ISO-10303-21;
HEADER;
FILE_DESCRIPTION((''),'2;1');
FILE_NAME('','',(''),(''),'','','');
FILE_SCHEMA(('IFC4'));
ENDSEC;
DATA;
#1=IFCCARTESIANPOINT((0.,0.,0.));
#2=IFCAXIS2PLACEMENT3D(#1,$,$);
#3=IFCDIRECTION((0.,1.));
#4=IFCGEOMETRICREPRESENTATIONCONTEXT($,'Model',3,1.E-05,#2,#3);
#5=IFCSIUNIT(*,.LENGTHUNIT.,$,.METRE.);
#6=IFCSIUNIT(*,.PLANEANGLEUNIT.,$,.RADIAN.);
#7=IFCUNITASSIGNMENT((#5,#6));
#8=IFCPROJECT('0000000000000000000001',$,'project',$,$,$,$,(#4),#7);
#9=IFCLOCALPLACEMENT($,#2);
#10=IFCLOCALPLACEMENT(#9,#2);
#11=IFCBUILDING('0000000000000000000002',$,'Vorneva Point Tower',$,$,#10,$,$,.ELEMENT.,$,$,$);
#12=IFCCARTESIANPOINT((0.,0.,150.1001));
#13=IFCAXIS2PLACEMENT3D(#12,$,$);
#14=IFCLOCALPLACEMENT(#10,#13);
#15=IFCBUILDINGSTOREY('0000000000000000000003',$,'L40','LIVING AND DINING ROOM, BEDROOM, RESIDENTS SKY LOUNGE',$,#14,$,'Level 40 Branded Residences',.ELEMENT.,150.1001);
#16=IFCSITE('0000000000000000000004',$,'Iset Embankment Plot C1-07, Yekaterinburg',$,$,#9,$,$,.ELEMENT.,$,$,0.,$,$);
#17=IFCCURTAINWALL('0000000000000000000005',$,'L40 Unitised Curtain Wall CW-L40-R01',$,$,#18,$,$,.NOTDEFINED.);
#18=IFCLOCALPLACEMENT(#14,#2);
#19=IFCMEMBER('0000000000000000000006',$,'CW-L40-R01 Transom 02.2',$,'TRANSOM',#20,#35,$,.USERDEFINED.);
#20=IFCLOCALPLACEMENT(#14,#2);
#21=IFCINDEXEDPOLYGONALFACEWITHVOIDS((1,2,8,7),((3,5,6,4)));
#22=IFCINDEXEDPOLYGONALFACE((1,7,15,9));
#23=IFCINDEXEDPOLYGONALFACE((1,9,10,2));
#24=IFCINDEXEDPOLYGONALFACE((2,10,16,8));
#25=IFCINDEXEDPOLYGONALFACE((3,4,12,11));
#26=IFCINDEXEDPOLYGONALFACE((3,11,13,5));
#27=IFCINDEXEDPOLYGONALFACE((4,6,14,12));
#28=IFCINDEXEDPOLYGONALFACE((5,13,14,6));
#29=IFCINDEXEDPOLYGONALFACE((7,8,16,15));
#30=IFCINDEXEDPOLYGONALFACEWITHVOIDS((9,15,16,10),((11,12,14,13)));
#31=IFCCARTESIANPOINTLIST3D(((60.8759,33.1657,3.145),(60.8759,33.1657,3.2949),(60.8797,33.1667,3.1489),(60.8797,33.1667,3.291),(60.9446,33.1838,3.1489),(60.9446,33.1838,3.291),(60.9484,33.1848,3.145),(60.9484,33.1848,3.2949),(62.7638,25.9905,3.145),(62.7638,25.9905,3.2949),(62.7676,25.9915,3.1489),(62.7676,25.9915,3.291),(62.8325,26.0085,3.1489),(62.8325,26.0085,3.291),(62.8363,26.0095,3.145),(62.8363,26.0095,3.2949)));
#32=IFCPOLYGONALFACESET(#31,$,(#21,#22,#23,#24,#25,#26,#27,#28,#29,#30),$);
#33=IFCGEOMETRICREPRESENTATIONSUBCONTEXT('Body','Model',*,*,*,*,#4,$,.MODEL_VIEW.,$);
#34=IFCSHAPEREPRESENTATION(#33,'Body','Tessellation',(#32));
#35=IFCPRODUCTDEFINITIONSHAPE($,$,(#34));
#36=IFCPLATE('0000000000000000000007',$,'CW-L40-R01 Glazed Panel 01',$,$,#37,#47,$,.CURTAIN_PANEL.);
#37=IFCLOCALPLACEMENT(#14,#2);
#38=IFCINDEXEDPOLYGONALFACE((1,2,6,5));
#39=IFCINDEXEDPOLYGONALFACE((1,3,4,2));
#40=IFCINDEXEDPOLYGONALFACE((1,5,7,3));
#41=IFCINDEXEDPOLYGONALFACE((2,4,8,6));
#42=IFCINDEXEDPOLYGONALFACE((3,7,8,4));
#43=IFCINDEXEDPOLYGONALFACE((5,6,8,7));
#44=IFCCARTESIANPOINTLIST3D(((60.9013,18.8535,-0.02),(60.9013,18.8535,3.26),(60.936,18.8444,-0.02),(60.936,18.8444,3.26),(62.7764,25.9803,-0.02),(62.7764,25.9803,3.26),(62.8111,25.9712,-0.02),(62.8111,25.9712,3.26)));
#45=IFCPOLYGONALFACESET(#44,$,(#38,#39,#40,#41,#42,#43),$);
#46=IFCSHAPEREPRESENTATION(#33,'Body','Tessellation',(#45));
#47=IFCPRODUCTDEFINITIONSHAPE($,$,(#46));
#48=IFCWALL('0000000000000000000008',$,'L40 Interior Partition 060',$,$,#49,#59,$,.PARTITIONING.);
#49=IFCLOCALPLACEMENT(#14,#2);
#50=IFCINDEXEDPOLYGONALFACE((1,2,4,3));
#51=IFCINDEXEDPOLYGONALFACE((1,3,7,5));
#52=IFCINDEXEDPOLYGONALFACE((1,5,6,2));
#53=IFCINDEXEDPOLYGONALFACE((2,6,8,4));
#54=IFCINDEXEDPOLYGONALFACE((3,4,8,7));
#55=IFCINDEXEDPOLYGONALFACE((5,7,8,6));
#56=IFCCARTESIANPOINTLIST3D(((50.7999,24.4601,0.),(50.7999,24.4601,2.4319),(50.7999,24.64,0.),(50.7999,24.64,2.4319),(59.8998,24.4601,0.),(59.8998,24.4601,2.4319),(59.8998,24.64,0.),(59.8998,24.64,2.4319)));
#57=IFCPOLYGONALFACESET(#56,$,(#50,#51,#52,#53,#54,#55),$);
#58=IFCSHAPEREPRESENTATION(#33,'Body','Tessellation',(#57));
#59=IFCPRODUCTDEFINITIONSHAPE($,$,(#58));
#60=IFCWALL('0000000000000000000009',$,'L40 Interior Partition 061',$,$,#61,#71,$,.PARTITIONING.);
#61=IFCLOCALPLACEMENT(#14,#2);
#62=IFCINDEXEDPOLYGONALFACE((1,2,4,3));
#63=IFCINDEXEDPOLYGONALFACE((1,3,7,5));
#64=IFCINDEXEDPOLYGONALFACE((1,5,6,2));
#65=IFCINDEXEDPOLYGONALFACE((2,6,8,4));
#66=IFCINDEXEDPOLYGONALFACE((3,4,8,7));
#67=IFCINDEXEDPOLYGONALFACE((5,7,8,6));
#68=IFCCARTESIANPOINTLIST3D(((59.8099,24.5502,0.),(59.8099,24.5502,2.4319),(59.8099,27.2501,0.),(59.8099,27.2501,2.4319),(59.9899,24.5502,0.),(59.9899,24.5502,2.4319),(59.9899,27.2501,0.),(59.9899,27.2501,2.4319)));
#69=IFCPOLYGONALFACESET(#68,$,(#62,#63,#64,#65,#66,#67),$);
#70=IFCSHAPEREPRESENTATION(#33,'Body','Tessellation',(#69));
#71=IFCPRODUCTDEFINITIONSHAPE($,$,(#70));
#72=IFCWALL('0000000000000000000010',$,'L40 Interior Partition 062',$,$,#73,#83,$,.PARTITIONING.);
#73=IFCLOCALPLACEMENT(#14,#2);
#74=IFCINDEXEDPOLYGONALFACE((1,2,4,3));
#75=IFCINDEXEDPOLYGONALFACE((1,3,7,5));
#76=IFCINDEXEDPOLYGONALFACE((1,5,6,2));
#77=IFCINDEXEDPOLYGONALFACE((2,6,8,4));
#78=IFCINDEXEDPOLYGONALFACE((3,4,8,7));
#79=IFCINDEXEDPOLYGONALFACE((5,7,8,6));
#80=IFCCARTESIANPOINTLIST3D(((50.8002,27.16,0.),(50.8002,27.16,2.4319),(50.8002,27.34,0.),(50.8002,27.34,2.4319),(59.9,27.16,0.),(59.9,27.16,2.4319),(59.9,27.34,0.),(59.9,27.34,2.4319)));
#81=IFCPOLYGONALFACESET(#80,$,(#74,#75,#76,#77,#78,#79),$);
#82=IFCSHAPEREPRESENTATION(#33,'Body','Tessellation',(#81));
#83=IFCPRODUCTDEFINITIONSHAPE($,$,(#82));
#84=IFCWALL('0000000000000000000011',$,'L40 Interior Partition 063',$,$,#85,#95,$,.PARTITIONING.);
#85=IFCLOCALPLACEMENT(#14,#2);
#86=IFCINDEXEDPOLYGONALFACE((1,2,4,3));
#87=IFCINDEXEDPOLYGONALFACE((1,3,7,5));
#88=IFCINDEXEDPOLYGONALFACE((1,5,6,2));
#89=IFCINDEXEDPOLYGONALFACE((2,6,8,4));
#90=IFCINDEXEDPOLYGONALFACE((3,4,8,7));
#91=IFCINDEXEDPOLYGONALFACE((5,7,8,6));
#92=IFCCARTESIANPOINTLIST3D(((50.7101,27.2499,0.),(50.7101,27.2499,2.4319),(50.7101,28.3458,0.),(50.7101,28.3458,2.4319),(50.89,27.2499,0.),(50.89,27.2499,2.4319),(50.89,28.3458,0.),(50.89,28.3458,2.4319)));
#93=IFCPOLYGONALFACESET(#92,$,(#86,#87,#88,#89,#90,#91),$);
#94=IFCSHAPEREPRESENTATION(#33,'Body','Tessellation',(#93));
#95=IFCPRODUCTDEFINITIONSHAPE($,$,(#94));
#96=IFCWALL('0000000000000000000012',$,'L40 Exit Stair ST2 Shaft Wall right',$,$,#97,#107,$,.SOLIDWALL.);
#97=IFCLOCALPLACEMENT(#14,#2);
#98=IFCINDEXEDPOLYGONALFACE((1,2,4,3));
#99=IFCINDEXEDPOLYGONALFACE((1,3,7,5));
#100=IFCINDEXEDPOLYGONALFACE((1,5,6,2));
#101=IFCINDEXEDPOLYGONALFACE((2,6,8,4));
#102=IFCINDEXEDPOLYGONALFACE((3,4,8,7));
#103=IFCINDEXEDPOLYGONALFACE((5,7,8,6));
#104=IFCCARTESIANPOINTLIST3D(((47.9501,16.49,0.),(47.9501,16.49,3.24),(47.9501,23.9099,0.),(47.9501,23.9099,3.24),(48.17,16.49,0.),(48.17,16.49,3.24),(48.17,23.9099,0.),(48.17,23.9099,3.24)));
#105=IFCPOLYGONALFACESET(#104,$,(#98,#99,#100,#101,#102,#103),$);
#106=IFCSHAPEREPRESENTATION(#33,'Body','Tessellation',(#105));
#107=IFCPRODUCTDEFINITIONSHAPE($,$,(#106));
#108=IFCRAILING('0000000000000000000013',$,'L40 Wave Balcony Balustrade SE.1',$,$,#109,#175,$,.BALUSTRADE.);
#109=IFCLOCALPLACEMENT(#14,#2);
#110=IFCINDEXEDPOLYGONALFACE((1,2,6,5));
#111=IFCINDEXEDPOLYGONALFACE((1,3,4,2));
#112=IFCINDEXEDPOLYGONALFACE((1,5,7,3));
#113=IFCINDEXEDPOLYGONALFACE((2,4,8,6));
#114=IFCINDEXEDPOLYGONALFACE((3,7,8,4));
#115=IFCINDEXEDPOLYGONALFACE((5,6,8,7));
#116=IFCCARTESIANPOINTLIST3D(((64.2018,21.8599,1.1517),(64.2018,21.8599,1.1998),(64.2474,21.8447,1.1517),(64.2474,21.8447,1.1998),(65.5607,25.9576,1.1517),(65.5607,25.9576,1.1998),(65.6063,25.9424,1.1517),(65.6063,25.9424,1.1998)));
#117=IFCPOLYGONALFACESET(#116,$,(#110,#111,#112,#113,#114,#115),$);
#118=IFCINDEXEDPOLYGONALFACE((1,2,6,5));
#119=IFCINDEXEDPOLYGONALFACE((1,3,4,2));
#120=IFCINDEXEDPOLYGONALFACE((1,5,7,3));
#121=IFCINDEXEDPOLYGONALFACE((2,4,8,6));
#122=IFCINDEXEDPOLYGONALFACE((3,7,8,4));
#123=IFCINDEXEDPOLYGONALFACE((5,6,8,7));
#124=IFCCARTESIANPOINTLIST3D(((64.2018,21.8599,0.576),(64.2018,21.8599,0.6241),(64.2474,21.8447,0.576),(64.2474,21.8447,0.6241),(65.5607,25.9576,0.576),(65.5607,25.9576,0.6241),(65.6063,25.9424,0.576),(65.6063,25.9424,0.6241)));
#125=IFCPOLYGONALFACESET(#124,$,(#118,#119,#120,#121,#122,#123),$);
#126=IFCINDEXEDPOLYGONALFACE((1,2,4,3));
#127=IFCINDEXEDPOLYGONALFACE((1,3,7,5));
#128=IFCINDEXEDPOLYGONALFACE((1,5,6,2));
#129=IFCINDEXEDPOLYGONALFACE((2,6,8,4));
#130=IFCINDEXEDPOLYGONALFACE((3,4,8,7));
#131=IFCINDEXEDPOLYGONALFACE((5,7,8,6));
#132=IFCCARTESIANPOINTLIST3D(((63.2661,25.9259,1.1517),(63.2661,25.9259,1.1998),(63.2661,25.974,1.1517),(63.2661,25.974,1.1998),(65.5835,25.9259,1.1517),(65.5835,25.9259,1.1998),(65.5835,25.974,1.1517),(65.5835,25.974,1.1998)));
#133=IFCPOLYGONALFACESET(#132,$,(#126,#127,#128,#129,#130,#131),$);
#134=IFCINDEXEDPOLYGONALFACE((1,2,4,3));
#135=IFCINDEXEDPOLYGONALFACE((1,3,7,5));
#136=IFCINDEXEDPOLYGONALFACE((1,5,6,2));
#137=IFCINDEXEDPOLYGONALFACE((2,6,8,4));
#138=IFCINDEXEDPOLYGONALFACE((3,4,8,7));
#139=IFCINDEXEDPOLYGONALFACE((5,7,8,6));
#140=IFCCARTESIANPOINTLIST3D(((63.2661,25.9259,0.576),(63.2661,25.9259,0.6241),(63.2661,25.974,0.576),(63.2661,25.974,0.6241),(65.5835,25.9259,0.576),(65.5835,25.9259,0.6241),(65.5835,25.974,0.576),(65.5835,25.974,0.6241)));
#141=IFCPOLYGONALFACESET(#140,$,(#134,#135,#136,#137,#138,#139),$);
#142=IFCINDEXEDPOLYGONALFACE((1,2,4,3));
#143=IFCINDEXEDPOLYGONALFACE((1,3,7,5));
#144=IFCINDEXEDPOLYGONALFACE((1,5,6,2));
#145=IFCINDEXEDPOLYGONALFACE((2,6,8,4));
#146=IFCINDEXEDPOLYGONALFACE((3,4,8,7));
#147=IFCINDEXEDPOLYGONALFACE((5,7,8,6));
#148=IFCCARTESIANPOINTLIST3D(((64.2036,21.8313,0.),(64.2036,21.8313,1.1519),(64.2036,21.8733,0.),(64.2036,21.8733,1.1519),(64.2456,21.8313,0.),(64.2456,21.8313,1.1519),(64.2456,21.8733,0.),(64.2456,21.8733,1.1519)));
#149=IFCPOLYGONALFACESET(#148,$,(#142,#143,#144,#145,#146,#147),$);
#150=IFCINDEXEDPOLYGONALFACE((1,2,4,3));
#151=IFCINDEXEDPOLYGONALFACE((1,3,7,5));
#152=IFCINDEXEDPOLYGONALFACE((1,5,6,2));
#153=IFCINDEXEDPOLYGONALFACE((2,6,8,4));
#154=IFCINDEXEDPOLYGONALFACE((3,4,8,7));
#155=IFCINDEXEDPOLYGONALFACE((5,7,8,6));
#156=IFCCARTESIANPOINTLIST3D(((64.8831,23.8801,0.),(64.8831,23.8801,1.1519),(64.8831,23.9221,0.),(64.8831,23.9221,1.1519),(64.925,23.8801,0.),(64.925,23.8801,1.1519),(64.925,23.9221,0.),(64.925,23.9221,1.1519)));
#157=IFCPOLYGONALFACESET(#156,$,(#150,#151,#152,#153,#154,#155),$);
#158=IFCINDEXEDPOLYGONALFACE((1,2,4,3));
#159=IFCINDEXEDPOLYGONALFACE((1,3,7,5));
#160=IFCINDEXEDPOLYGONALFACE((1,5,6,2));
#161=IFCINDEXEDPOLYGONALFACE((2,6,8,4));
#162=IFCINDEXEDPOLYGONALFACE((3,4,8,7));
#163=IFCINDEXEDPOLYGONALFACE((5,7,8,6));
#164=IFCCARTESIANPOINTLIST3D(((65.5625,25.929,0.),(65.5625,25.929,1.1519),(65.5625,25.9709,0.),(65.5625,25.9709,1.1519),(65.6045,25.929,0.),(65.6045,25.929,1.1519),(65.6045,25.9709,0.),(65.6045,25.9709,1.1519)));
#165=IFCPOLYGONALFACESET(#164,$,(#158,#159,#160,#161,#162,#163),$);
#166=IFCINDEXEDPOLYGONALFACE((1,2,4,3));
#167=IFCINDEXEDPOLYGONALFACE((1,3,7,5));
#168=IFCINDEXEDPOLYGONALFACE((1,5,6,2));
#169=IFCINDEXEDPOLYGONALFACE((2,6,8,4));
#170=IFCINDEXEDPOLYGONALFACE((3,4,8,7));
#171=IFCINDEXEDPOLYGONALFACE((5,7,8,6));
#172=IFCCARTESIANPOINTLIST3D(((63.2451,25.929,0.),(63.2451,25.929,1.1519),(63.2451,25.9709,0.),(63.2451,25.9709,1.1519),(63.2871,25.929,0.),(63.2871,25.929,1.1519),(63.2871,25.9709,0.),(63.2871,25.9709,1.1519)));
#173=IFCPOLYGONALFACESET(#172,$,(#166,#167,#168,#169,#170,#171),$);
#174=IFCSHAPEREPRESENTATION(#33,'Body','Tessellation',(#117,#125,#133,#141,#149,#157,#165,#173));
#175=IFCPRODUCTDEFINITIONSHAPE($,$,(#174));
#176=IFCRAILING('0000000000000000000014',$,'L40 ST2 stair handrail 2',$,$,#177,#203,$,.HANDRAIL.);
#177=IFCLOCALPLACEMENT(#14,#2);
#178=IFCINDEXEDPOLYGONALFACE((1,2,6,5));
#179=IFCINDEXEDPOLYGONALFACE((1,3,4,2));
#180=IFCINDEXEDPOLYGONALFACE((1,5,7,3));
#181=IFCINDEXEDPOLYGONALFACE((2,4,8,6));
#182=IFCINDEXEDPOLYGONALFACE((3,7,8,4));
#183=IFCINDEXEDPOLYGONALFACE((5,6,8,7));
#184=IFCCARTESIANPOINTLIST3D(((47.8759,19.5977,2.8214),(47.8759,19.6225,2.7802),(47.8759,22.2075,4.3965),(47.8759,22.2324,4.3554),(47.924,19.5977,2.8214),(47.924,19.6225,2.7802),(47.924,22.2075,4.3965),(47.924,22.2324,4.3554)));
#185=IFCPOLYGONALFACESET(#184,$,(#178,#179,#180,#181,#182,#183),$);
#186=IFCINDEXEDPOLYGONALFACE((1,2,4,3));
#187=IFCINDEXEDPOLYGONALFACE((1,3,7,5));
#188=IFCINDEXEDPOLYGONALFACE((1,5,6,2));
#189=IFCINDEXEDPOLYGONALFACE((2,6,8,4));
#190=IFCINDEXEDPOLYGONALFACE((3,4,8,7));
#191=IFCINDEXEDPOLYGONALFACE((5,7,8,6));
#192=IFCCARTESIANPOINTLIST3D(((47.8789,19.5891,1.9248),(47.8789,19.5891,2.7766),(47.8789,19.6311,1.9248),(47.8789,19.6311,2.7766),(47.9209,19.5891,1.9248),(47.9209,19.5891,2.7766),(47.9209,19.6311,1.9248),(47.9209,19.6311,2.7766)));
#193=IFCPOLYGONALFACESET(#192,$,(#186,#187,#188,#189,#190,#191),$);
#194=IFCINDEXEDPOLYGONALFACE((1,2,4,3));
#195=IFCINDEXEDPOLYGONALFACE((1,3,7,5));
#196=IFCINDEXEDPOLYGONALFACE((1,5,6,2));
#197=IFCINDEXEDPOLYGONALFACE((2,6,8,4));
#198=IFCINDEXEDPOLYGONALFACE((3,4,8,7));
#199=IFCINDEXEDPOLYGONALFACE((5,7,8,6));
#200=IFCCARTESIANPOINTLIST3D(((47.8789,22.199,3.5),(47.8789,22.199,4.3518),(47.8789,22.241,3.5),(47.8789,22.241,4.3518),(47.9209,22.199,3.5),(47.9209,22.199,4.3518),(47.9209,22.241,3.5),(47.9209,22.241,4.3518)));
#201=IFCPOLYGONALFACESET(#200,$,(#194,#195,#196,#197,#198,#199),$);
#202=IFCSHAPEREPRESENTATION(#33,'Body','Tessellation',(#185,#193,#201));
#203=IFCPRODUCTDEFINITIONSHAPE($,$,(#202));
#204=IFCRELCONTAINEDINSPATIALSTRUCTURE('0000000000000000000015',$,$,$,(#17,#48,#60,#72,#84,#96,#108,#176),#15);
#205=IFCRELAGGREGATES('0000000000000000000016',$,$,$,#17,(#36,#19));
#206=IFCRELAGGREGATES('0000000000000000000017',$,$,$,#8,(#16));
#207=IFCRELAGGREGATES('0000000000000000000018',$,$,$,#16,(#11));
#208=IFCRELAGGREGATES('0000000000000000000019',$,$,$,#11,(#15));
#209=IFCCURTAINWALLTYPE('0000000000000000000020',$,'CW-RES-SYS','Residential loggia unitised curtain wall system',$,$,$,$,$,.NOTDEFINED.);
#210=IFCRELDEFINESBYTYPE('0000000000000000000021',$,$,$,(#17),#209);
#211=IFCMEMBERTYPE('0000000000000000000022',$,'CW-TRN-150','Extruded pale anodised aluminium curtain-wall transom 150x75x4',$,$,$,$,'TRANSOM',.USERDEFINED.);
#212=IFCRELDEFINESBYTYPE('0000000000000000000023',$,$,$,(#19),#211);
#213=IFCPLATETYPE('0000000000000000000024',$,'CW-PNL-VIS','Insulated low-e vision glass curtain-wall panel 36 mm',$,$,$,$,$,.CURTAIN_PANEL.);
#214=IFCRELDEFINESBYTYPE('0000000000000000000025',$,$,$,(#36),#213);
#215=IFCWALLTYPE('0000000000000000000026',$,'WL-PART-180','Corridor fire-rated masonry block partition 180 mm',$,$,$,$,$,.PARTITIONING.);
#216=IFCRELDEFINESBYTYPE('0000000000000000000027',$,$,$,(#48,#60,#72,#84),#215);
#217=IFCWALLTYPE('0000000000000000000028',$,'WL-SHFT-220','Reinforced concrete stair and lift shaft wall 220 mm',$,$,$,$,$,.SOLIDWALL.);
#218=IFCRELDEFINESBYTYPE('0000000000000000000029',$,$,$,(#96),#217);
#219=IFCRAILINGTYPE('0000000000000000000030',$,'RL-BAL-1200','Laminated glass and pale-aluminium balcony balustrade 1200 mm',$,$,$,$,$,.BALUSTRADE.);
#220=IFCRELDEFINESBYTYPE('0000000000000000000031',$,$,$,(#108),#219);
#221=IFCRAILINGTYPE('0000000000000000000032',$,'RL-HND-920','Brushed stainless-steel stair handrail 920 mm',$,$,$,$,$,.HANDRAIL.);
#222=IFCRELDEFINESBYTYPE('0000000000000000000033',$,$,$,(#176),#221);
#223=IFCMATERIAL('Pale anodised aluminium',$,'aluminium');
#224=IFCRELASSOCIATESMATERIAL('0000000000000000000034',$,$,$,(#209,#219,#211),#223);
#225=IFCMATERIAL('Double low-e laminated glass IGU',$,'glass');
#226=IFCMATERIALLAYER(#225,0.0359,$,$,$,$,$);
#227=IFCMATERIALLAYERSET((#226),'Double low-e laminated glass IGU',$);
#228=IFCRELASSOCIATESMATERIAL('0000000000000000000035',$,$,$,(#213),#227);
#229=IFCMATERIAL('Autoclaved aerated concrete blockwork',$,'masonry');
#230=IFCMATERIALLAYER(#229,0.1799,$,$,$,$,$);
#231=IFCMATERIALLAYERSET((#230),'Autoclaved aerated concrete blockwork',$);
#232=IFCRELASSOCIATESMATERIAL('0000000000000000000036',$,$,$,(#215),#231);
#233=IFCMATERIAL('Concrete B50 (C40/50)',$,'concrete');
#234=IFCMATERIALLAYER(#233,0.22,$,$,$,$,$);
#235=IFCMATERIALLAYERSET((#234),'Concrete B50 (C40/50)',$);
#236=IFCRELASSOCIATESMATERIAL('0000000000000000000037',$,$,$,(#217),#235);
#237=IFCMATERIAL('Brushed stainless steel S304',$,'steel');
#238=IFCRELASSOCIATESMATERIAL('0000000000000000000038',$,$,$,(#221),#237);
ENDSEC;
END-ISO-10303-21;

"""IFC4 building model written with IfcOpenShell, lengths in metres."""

from ifc_helpers import new_model, si_unit, direction, frame, frame_2d, origin, origin_2d, place, context, subcontext, project, spatial, rectangle, hollow_rectangle, extrude, material, layer, layer_set, material_profile, profile_set, type_object, element, aggregate, save


model = new_model("IFC4")

# Units and contexts
model_context = context("Model", 3, precision=1e-05, world=origin(), true_north=direction((0.0, 1.0)))
body_context = subcontext(model_context, "Body", "Model", "MODEL_VIEW")
ifc_project = project(units=[si_unit("LENGTHUNIT", "METRE"), si_unit("PLANEANGLEUNIT", "RADIAN")], contexts=[model_context])

# Site, building, storey
site_placement = place(None, origin())
site = spatial("IfcSite", under=ifc_project, at=site_placement, Name="Iset Embankment Plot C1-07, Yekaterinburg", CompositionType="ELEMENT", RefElevation=0.0)
building_placement = place(site_placement, origin())
building = spatial("IfcBuilding", under=site, at=building_placement, Name="Vorneva Point Tower", CompositionType="ELEMENT")
storey_placement = place(building_placement, frame((0.0, 0.0, 150.1001)))
storey = spatial("IfcBuildingStorey", under=building, at=storey_placement, Name="L40", Description="LIVING AND DINING ROOM, BEDROOM, RESIDENTS SKY LOUNGE", LongName="Level 40 Branded Residences", CompositionType="ELEMENT", Elevation=150.1001)

# Curtain wall, member, plate
ifc_material_1 = material(Name="Pale anodised aluminium", Category="aluminium")
curtain_wall_type = type_object("IfcCurtainWallType", Name="CW-RES-SYS", Description="Residential loggia unitised curtain wall system", PredefinedType="NOTDEFINED", material=ifc_material_1)
curtain_wall_placement = place(storey_placement, origin())
curtain_wall = element("IfcCurtainWall", 1, at=curtain_wall_placement, inside=storey, type_object=curtain_wall_type, Name="L40 Unitised Curtain Wall CW-L40-R01", PredefinedType="NOTDEFINED")
ifc_material_profile_1 = material_profile(ifc_material_1, hollow_rectangle(XDim=0.075, YDim=0.1499, WallThickness=0.0039, at=origin_2d()), Name="AL-TRN 150x75x4")
ifc_profile_set_1 = profile_set([ifc_material_profile_1], Name="Pale anodised aluminium")
member_type_1 = type_object("IfcMemberType", Name="CW-TRN-150", Description="Extruded pale anodised aluminium curtain-wall transom 150x75x4", ElementType="TRANSOM", PredefinedType="USERDEFINED", material=ifc_profile_set_1)
member_1_placement = place(storey_placement, frame((62.8, 26.0, 3.22), z_axis=(-0.254456, 0.967084, 0.0), x_axis=(-0.967084, -0.254456, 0.0)))
member_1 = element("IfcMember", 2, at=member_1_placement, type_object=member_type_1, Name="CW-L40-R01 Transom 02.2", ObjectType="TRANSOM", PredefinedType="USERDEFINED", context=body_context, shape_type="SweptSolid", body=[
    extrude(hollow_rectangle(XDim=0.075, YDim=0.1499, WallThickness=0.0039, at=origin_2d()), origin(), (0.0, 0.0, 1.0), 7.4194),
])
ifc_material_2 = material(Name="Double low-e laminated glass IGU", Category="glass")
ifc_layer_1 = layer(ifc_material_2, 0.0359)
ifc_layer_set_1 = layer_set([ifc_layer_1], Name="Double low-e laminated glass IGU")
plate_type = type_object("IfcPlateType", Name="CW-PNL-VIS", Description="Insulated low-e vision glass curtain-wall panel 36 mm", PredefinedType="CURTAIN_PANEL", material=ifc_layer_set_1)
plate_placement = place(storey_placement, frame((61.8562, 22.4124, -0.02), z_axis=(0.0, 0.0, 1.0), x_axis=(0.254433, 0.96709, 0.0)))
plate = element("IfcPlate", 3, at=plate_placement, type_object=plate_type, Name="CW-L40-R01 Glazed Panel 01", PredefinedType="CURTAIN_PANEL", context=body_context, shape_type="SweptSolid", body=[
    extrude(rectangle(XDim=7.3694, YDim=0.0359, at=origin_2d()), origin(), (0.0, 0.0, 1.0), 3.28),
])
aggregate(curtain_wall, [plate, member_1])

# Shared definitions
ifc_material_3 = material(Name="Autoclaved aerated concrete blockwork", Category="masonry")
ifc_layer_2 = layer(ifc_material_3, 0.1799)
ifc_layer_set_2 = layer_set([ifc_layer_2], Name="Autoclaved aerated concrete blockwork")
wall_type_1 = type_object("IfcWallType", Name="WL-PART-180", Description="Corridor fire-rated masonry block partition 180 mm", PredefinedType="PARTITIONING", material=ifc_layer_set_2)

# Walls
wall_1_placement = place(storey_placement, frame((50.8, 24.55, 0.0), z_axis=(0.0, 0.0, 1.0), x_axis=(1.0, 0.0, 0.0)))
element("IfcWall", 4, at=wall_1_placement, inside=storey, type_object=wall_type_1, Name="L40 Interior Partition 060", PredefinedType="PARTITIONING", context=body_context, shape_type="SweptSolid", body=[
    extrude(rectangle(XDim=9.0999, YDim=0.1799, at=frame_2d((4.5498, 0.0))), origin(), (0.0, 0.0, 1.0), 2.4319),
])
wall_2_placement = place(storey_placement, frame((59.8999, 24.55, 0.0), z_axis=(0.0, 0.0, 1.0), x_axis=(0.0, 1.0, 0.0)))
element("IfcWall", 5, at=wall_2_placement, inside=storey, type_object=wall_type_1, Name="L40 Interior Partition 061", PredefinedType="PARTITIONING", context=body_context, shape_type="SweptSolid", body=[
    extrude(rectangle(XDim=2.7, YDim=0.1799, at=frame_2d((1.3501, 0.0))), origin(), (0.0, 0.0, 1.0), 2.4319),
])
wall_3_placement = place(storey_placement, frame((59.8999, 27.25, 0.0), z_axis=(0.0, 0.0, 1.0), x_axis=(-1.0, 0.0, 0.0)))
element("IfcWall", 6, at=wall_3_placement, inside=storey, type_object=wall_type_1, Name="L40 Interior Partition 062", PredefinedType="PARTITIONING", context=body_context, shape_type="SweptSolid", body=[
    extrude(rectangle(XDim=9.0999, YDim=0.1799, at=frame_2d((4.5498, 0.0))), origin(), (0.0, 0.0, 1.0), 2.4319),
])
wall_4_placement = place(storey_placement, frame((50.8, 27.25, 0.0), z_axis=(0.0, 0.0, 1.0), x_axis=(0.0, 1.0, 0.0)))
element("IfcWall", 7, at=wall_4_placement, inside=storey, type_object=wall_type_1, Name="L40 Interior Partition 063", PredefinedType="PARTITIONING", context=body_context, shape_type="SweptSolid", body=[
    extrude(rectangle(XDim=1.0959, YDim=0.1799, at=frame_2d((0.5479, 0.0))), origin(), (0.0, 0.0, 1.0), 2.4319),
])
ifc_material_4 = material(Name="Concrete B50 (C40/50)", Category="concrete")
ifc_layer_3 = layer(ifc_material_4, 0.22)
ifc_layer_set_3 = layer_set([ifc_layer_3], Name="Concrete B50 (C40/50)")
wall_type_2 = type_object("IfcWallType", Name="WL-SHFT-220", Description="Reinforced concrete stair and lift shaft wall 220 mm", PredefinedType="SOLIDWALL", material=ifc_layer_set_3)
wall_5_placement = place(storey_placement, frame((48.0601, 23.9099, 0.0), z_axis=(0.0, 0.0, 1.0), x_axis=(0.0, -1.0, 0.0)))
element("IfcWall", 8, at=wall_5_placement, inside=storey, type_object=wall_type_2, Name="L40 Exit Stair ST2 Shaft Wall right", PredefinedType="SOLIDWALL", context=body_context, shape_type="SweptSolid", body=[
    extrude(rectangle(XDim=7.4199, YDim=0.22, at=frame_2d((3.71, 0.0))), origin(), (0.0, 0.0, 1.0), 3.24),
])

# Railings
railing_type_1 = type_object("IfcRailingType", Name="RL-BAL-1200", Description="Laminated glass and pale-aluminium balcony balustrade 1200 mm", PredefinedType="BALUSTRADE", material=ifc_material_1)
railing_1_placement = place(storey_placement, frame((64.2246, 21.8523, 0.0)))
element("IfcRailing", 9, at=railing_1_placement, inside=storey, type_object=railing_type_1, Name="L40 Wave Balcony Balustrade SE.1", PredefinedType="BALUSTRADE", context=body_context, shape_type="SweptSolid", body=[
    extrude(rectangle(XDim=0.0481, YDim=0.0481, at=origin_2d()), frame((0.0, 0.0, 1.1758), z_axis=(0.314768, 0.949169, 0.0), x_axis=(-0.949169, 0.314768, 0.0)), (0.0, 0.0, 1.0), 4.3171),
    extrude(rectangle(XDim=0.0481, YDim=0.0481, at=origin_2d()), frame((0.0, 0.0, 0.6001), z_axis=(0.314768, 0.949169, 0.0), x_axis=(-0.949169, 0.314768, 0.0)), (0.0, 0.0, 1.0), 4.3171),
    extrude(rectangle(XDim=0.0481, YDim=0.0481, at=origin_2d()), frame((1.3589, 4.0977, 1.1758), z_axis=(-1.0, 0.0, 0.0), x_axis=(0.0, -1.0, 0.0)), (0.0, 0.0, 1.0), 2.3174),
    extrude(rectangle(XDim=0.0481, YDim=0.0481, at=origin_2d()), frame((1.3589, 4.0977, 0.6001), z_axis=(-1.0, 0.0, 0.0), x_axis=(0.0, -1.0, 0.0)), (0.0, 0.0, 1.0), 2.3174),
    extrude(rectangle(XDim=0.042, YDim=0.042, at=origin_2d()), origin(), (0.0, 0.0, 1.0), 1.1519),
    extrude(rectangle(XDim=0.042, YDim=0.042, at=origin_2d()), frame((0.6794, 2.0488, 0.0)), (0.0, 0.0, 1.0), 1.1519),
    extrude(rectangle(XDim=0.042, YDim=0.042, at=origin_2d()), frame((1.3589, 4.0977, 0.0)), (0.0, 0.0, 1.0), 1.1519),
    extrude(rectangle(XDim=0.042, YDim=0.042, at=origin_2d()), frame((-0.9585, 4.0977, 0.0)), (0.0, 0.0, 1.0), 1.1519),
])
ifc_material_5 = material(Name="Brushed stainless steel S304", Category="steel")
railing_type_2 = type_object("IfcRailingType", Name="RL-HND-920", Description="Brushed stainless-steel stair handrail 920 mm", PredefinedType="HANDRAIL", material=ifc_material_5)
railing_2_placement = place(storey_placement, frame((47.8999, 19.6101, 1.9248)))
element("IfcRailing", 10, at=railing_2_placement, inside=storey, type_object=railing_type_2, Name="L40 ST2 stair handrail 2", PredefinedType="HANDRAIL", context=body_context, shape_type="SweptSolid", body=[
    extrude(rectangle(XDim=0.0481, YDim=0.0481, at=origin_2d()), frame((0.0, 0.0, 0.876), z_axis=(0.0, 0.856147, 0.516732), x_axis=(-1.0, 0.0, 0.0)), (0.0, 0.0, 1.0), 3.0483),
    extrude(rectangle(XDim=0.042, YDim=0.042, at=origin_2d()), origin(), (0.0, 0.0, 1.0), 0.8518),
    extrude(rectangle(XDim=0.042, YDim=0.042, at=origin_2d()), frame((0.0, 2.6099, 1.5752)), (0.0, 0.0, 1.0), 0.8518),
])

save(model, "model.ifc")
